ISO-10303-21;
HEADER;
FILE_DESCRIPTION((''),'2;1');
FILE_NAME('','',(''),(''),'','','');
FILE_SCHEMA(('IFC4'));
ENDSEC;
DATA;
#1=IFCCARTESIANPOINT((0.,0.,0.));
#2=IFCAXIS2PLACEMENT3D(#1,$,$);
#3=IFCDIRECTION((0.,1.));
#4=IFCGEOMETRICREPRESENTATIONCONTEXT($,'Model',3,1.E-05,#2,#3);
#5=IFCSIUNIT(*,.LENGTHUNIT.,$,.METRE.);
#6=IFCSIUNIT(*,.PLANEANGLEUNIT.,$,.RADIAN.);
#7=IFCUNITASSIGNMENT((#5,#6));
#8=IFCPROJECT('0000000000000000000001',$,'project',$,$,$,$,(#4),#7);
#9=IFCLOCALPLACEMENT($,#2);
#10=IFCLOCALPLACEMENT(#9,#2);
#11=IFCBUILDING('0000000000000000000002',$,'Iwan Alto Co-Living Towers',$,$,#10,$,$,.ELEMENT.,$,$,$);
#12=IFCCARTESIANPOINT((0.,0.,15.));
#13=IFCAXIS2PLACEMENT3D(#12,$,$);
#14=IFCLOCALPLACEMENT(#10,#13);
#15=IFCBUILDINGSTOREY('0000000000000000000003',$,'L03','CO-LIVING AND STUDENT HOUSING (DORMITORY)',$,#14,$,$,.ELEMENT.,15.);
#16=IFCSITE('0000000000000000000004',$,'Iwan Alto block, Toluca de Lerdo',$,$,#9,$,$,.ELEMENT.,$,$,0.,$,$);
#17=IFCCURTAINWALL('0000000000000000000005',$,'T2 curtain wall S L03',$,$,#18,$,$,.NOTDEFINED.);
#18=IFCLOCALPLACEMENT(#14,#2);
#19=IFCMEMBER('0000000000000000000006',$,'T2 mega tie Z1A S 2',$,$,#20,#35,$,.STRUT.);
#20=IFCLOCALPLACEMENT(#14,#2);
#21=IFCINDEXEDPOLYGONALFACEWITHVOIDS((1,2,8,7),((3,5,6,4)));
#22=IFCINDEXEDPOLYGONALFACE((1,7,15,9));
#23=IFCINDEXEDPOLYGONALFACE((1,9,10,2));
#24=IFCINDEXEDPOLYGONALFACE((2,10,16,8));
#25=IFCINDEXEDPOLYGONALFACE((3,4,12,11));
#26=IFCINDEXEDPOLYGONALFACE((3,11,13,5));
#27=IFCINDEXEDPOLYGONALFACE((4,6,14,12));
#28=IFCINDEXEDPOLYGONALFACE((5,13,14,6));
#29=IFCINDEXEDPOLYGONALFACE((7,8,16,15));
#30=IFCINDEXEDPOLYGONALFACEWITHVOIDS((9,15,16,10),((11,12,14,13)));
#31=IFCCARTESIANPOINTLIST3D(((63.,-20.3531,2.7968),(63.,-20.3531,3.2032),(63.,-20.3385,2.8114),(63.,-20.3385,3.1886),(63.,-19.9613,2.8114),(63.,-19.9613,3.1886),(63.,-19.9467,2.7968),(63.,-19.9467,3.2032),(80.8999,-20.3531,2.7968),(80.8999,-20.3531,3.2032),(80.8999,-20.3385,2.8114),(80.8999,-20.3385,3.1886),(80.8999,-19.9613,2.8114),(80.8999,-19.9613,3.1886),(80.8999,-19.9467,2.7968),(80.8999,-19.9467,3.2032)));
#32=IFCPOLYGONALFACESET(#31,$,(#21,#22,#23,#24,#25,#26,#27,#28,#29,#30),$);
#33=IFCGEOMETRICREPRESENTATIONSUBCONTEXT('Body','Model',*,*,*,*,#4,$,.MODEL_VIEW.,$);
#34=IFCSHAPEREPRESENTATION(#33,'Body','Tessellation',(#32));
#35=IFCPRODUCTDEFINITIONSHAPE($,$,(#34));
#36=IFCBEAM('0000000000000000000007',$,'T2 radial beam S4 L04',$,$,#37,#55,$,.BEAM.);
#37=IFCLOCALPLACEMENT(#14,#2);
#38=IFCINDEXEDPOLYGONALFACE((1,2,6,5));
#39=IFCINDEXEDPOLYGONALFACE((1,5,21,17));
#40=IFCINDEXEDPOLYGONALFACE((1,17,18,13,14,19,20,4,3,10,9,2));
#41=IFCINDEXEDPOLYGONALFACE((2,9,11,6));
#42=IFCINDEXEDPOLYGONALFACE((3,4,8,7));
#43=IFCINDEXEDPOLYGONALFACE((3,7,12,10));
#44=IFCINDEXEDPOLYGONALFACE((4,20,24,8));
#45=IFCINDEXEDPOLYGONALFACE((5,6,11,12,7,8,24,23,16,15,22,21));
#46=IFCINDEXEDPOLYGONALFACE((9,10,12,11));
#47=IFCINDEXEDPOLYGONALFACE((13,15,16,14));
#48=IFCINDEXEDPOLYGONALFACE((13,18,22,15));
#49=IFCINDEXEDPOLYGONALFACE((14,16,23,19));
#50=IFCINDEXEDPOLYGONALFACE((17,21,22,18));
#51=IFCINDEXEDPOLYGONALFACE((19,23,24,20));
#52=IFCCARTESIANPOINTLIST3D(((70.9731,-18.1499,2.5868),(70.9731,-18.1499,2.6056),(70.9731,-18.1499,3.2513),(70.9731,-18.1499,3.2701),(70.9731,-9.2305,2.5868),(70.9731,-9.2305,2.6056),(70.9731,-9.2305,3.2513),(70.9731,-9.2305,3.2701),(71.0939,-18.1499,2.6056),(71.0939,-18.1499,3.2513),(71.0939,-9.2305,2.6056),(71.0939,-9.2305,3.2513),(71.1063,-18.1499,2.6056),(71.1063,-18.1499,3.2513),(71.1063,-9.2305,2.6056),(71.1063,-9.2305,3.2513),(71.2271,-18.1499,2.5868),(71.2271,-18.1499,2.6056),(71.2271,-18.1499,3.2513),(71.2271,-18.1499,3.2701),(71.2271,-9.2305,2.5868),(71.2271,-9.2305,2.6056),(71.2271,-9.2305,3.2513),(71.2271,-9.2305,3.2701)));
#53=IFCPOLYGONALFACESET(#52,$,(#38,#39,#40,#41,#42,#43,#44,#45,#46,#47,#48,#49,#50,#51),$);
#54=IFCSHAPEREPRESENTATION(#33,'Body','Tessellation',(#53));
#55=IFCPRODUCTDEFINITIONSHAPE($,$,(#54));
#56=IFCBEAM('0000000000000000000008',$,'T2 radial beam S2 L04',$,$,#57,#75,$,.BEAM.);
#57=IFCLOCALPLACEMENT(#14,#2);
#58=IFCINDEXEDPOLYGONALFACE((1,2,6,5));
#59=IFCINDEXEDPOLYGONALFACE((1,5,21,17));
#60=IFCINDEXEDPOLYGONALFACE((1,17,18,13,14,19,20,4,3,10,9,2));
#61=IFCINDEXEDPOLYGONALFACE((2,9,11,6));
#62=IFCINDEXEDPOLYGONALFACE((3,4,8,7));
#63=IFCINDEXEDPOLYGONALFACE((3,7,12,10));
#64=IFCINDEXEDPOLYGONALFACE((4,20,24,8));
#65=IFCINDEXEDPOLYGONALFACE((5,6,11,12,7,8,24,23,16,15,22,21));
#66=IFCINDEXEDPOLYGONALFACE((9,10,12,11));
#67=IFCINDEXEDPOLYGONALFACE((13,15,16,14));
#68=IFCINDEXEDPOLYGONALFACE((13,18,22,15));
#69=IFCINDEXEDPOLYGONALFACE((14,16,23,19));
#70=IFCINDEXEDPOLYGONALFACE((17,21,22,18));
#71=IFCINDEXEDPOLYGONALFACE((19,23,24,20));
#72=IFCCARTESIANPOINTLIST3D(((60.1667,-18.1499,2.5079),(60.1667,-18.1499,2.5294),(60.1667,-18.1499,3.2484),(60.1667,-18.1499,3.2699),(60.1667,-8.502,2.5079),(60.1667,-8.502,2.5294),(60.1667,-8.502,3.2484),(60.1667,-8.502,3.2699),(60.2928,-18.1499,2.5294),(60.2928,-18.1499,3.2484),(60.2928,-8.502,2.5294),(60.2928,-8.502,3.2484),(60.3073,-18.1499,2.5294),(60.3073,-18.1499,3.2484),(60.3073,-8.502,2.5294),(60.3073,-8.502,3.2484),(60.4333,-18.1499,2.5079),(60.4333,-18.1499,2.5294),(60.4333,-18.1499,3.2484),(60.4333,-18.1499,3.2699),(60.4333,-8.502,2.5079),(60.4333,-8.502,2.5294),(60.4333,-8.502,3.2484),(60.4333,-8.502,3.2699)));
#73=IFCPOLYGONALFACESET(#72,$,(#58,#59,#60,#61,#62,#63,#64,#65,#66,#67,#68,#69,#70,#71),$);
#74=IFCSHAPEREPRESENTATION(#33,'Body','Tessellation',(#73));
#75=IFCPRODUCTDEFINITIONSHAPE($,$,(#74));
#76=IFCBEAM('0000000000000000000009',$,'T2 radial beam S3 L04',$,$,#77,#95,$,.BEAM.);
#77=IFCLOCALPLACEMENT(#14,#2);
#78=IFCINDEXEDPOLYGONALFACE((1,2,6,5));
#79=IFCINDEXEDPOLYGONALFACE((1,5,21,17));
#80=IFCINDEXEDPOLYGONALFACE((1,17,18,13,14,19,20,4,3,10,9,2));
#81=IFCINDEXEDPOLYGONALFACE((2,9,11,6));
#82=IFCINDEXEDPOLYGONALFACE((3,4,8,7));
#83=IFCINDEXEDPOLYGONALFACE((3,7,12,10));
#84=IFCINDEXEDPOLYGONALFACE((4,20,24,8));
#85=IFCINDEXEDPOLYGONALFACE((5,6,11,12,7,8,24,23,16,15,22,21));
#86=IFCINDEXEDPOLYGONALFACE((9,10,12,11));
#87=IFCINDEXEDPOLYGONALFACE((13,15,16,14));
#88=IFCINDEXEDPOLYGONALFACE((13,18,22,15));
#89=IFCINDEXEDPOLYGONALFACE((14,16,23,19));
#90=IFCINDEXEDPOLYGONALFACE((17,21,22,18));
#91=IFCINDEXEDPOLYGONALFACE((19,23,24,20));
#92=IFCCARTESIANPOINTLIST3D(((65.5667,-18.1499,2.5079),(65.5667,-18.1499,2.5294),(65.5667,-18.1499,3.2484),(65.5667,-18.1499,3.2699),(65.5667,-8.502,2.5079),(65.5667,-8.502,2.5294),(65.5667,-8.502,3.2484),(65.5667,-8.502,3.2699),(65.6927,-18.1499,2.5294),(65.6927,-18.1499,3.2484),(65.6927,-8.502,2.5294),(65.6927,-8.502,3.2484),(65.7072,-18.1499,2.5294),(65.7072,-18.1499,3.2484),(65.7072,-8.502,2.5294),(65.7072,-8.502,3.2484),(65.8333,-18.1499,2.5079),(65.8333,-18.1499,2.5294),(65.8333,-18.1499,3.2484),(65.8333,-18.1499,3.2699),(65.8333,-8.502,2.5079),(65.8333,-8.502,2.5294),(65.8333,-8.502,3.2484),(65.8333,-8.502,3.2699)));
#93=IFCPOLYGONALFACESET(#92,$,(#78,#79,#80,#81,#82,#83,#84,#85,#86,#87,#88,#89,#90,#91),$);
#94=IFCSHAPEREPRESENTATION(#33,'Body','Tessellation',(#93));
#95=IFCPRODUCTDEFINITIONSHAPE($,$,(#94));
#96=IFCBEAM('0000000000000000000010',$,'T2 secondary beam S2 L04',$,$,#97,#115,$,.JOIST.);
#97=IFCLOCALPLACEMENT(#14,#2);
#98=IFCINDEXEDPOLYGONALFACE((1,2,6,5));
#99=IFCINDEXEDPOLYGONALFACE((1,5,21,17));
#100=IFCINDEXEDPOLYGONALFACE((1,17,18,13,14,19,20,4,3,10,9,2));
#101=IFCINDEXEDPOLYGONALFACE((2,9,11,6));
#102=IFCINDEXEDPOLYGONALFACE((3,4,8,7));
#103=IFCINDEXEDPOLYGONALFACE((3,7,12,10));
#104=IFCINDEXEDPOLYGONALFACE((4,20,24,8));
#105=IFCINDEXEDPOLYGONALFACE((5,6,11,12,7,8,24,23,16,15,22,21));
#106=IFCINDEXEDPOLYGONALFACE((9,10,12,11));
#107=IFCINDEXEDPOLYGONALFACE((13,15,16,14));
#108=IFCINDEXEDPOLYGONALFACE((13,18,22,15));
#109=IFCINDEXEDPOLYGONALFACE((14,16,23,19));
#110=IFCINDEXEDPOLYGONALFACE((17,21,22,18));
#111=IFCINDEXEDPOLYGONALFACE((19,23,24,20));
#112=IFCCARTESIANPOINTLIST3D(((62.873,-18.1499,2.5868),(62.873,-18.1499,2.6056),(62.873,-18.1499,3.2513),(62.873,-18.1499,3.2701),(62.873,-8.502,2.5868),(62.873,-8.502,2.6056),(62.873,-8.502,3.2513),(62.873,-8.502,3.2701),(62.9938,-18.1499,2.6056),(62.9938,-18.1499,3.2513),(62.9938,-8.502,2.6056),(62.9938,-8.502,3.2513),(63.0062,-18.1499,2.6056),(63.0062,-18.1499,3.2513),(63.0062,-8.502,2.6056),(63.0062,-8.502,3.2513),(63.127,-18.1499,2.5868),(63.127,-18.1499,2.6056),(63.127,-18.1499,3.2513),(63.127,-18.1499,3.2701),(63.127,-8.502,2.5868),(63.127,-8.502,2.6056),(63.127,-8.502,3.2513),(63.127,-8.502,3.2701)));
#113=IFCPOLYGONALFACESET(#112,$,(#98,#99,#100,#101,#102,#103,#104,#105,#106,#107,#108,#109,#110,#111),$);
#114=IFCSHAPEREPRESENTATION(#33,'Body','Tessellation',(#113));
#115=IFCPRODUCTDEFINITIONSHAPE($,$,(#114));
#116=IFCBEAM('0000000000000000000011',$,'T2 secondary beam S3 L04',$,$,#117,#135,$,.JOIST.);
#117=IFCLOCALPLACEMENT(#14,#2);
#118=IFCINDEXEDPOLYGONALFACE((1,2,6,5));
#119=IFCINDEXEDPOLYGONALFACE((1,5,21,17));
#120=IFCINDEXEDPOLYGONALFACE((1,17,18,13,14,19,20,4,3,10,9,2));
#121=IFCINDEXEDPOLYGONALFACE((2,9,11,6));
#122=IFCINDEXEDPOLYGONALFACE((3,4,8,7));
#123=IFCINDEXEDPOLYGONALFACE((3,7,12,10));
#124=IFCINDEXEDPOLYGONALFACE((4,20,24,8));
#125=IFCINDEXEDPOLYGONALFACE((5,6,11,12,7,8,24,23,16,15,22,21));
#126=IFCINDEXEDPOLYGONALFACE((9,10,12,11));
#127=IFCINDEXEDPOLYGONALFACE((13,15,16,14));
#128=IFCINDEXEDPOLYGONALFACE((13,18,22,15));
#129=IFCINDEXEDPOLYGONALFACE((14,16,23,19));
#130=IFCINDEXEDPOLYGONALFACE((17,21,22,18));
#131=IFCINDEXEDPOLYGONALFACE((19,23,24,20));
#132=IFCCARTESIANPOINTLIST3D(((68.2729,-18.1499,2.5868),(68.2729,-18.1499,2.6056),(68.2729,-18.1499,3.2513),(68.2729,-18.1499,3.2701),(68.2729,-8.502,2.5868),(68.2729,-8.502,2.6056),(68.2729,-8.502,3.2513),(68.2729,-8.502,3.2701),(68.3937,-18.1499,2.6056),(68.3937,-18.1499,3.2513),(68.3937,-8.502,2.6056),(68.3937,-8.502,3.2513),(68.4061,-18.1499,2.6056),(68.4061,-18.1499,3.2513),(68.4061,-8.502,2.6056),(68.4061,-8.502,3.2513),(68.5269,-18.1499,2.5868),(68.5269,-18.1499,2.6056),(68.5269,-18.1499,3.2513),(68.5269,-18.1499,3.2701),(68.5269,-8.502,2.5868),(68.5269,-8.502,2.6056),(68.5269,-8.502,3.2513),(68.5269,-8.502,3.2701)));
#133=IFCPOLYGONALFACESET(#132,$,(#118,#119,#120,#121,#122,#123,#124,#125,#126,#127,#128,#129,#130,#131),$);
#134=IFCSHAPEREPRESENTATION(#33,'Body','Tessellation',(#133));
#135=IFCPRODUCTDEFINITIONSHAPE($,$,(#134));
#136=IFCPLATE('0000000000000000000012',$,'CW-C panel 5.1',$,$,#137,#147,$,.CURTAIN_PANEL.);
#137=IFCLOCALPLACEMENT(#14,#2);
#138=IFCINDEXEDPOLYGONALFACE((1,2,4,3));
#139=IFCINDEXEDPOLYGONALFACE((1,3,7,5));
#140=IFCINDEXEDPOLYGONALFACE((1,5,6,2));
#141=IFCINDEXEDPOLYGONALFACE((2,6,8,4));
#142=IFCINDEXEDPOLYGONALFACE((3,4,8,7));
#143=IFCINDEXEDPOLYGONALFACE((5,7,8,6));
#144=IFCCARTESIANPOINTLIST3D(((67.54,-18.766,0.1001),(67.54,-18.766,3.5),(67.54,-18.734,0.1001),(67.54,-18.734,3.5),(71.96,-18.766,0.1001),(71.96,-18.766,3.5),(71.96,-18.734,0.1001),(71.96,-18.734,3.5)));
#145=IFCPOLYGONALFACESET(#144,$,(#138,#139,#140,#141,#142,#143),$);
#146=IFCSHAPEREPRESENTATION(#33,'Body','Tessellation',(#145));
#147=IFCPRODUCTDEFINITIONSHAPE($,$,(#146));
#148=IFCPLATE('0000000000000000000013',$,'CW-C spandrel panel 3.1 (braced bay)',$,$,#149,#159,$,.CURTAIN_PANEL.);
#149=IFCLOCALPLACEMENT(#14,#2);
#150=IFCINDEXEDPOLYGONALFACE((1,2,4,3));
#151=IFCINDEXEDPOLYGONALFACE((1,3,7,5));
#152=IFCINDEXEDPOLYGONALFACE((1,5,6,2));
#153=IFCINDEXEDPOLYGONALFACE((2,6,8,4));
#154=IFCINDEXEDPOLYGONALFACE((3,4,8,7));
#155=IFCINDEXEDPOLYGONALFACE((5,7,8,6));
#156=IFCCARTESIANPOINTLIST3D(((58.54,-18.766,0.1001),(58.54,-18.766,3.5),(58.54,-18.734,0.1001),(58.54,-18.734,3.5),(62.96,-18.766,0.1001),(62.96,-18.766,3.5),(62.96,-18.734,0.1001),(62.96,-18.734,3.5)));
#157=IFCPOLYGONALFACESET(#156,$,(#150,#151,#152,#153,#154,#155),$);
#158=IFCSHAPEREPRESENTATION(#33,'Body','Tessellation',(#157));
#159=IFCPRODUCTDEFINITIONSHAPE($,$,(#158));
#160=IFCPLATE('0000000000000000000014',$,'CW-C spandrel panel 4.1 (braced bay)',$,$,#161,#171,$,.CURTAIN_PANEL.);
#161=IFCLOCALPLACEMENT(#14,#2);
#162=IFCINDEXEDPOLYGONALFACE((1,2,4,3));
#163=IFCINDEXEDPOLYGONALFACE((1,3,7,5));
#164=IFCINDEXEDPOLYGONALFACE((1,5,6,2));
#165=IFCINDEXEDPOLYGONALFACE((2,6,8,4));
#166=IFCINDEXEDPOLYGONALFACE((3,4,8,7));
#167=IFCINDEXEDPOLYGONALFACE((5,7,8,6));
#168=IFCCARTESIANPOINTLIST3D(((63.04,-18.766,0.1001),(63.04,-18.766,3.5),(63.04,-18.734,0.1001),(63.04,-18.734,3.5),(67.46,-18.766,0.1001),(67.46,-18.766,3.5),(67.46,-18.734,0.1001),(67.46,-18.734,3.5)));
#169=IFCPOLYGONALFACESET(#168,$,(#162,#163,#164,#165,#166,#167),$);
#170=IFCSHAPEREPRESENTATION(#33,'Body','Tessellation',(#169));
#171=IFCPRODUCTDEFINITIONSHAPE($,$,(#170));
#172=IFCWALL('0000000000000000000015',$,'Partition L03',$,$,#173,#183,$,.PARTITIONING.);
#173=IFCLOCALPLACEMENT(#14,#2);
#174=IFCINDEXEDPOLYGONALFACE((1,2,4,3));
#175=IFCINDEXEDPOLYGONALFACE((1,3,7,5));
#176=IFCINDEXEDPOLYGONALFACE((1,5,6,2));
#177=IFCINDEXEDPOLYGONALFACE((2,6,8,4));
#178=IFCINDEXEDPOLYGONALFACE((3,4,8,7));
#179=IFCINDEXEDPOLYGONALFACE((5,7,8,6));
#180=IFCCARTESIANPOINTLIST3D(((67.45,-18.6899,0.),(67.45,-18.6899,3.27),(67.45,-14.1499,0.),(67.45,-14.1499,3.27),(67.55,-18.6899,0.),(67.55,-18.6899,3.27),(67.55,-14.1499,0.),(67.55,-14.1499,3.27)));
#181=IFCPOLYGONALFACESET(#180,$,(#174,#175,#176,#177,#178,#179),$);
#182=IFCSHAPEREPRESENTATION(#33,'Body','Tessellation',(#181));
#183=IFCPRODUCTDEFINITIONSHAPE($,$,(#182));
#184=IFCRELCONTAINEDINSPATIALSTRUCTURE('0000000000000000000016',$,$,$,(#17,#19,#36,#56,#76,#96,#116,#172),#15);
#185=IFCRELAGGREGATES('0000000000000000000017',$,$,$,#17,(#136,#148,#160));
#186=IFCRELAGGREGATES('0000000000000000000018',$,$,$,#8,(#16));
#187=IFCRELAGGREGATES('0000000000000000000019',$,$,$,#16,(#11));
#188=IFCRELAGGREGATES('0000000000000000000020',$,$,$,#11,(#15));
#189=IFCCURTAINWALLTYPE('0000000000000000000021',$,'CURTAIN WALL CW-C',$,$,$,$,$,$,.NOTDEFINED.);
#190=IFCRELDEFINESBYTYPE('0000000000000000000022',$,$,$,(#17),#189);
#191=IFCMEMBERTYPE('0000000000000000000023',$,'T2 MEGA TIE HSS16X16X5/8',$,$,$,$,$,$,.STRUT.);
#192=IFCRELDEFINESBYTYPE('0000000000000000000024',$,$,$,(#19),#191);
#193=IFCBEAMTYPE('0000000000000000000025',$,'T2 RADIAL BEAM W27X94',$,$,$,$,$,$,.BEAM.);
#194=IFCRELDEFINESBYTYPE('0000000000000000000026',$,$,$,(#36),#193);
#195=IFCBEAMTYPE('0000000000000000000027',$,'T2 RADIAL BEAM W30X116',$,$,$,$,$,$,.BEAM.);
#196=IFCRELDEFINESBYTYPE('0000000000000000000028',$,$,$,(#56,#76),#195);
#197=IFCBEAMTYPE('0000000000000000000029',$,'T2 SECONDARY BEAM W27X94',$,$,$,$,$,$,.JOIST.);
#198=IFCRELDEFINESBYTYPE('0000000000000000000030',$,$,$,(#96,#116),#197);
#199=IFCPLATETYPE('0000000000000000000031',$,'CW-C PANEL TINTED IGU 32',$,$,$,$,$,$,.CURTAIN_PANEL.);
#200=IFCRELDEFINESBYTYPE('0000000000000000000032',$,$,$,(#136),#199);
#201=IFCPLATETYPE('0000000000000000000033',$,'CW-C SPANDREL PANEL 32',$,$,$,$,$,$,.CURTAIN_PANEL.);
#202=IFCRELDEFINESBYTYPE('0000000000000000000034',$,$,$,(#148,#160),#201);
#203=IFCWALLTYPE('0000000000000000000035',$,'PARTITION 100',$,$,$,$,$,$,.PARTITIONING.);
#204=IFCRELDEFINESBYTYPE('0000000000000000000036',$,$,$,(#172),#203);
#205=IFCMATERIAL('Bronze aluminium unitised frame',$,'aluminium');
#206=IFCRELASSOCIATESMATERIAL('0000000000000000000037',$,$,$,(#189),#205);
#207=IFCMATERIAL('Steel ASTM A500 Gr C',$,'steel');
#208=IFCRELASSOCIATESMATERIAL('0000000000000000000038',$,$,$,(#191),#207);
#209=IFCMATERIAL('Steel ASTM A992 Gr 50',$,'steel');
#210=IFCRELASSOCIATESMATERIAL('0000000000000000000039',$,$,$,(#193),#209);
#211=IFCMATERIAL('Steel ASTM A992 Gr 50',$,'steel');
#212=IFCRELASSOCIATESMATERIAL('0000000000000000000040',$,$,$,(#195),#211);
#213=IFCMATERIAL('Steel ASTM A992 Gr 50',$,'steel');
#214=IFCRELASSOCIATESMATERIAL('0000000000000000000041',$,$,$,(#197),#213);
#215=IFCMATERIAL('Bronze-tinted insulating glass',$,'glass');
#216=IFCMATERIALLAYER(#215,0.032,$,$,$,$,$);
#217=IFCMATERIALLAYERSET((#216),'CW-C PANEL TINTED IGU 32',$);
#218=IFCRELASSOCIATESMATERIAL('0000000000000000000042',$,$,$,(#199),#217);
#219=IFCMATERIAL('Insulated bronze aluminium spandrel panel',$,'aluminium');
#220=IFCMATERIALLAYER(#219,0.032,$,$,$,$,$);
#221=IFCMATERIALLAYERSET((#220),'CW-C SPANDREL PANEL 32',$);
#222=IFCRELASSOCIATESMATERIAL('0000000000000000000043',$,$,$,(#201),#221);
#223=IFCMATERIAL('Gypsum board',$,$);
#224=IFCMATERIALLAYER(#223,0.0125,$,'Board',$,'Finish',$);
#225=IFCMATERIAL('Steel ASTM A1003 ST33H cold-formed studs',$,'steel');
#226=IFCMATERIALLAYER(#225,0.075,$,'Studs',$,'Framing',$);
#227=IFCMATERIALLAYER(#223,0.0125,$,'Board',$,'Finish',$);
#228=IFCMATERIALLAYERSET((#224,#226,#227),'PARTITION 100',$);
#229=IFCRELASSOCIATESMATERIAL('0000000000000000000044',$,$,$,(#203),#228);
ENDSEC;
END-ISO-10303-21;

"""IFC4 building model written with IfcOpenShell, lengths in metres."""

from ifc_helpers import new_model, si_unit, direction, frame, frame_2d, origin, origin_2d, place, context, subcontext, project, spatial, rectangle, hollow_rectangle, i_section, extrude, material, layer, layer_set, material_profile, profile_set, type_object, element, aggregate, save


model = new_model("IFC4")

# Units and contexts
model_context = context("Model", 3, precision=1e-05, world=origin(), true_north=direction((0.0, 1.0)))
body_context = subcontext(model_context, "Body", "Model", "MODEL_VIEW")
ifc_project = project(units=[si_unit("LENGTHUNIT", "METRE"), si_unit("PLANEANGLEUNIT", "RADIAN")], contexts=[model_context])

# Site, building, storey
site_placement = place(None, origin())
site = spatial("IfcSite", under=ifc_project, at=site_placement, Name="Iwan Alto block, Toluca de Lerdo", CompositionType="ELEMENT", RefElevation=0.0)
building_placement = place(site_placement, origin())
building = spatial("IfcBuilding", under=site, at=building_placement, Name="Iwan Alto Co-Living Towers", CompositionType="ELEMENT")
storey_placement = place(building_placement, frame((0.0, 0.0, 15.0)))
storey = spatial("IfcBuildingStorey", under=building, at=storey_placement, Name="L03", Description="CO-LIVING AND STUDENT HOUSING (DORMITORY)", CompositionType="ELEMENT", Elevation=15.0)

# Curtain wall
ifc_material_1 = material(Name="Bronze aluminium unitised frame", Category="aluminium")
curtain_wall_type = type_object("IfcCurtainWallType", Name="CURTAIN WALL CW-C", PredefinedType="NOTDEFINED", material=ifc_material_1)
curtain_wall_placement = place(storey_placement, origin())
curtain_wall = element("IfcCurtainWall", 1, at=curtain_wall_placement, inside=storey, type_object=curtain_wall_type, Name="T2 curtain wall S L03", PredefinedType="NOTDEFINED")

# Member
ifc_material_2 = material(Name="Steel ASTM A500 Gr C", Category="steel")
ifc_material_profile_1 = material_profile(ifc_material_2, hollow_rectangle(XDim=0.4065, YDim=0.4065, WallThickness=0.0146, at=origin_2d()), Name="HSS16X16X5/8")
ifc_profile_set_1 = profile_set([ifc_material_profile_1], Name="Steel ASTM A500 Gr C")
member_type_1 = type_object("IfcMemberType", Name="T2 MEGA TIE HSS16X16X5/8", PredefinedType="STRUT", material=ifc_profile_set_1)
member_1_placement = place(storey_placement, frame((63.0, -20.1499, 3.0), z_axis=(1.0, 0.0, 0.0), x_axis=(0.0, 1.0, 0.0)))
element("IfcMember", 2, at=member_1_placement, inside=storey, type_object=member_type_1, Name="T2 mega tie Z1A S 2", PredefinedType="STRUT", context=body_context, shape_type="SweptSolid", body=[
    extrude(hollow_rectangle(XDim=0.4065, YDim=0.4065, WallThickness=0.0146, at=origin_2d()), origin(), (0.0, 0.0, 1.0), 17.8999),
])

# Beams
ifc_material_3 = material(Name="Steel ASTM A992 Gr 50", Category="steel")
ifc_material_profile_2 = material_profile(ifc_material_3, i_section(OverallWidth=0.2539, OverallDepth=0.6833, WebThickness=0.0125, FlangeThickness=0.0188, at=origin_2d()), Name="W27X94")
ifc_profile_set_2 = profile_set([ifc_material_profile_2], Name="Steel ASTM A992 Gr 50")
beam_type_1 = type_object("IfcBeamType", Name="T2 RADIAL BEAM W27X94", PredefinedType="BEAM", material=ifc_profile_set_2)
beam_1_placement = place(storey_placement, frame((71.1001, -18.1499, 2.9285), z_axis=(0.0, 1.0, 0.0), x_axis=(-1.0, 0.0, 0.0)))
element("IfcBeam", 3, at=beam_1_placement, inside=storey, type_object=beam_type_1, Name="T2 radial beam S4 L04", PredefinedType="BEAM", context=body_context, shape_type="SweptSolid", body=[
    extrude(i_section(OverallWidth=0.2539, OverallDepth=0.6833, WebThickness=0.0125, FlangeThickness=0.0188, at=origin_2d()), origin(), (0.0, 0.0, 1.0), 8.9194),
])
ifc_material_4 = material(Name="Steel ASTM A992 Gr 50", Category="steel")
ifc_material_profile_3 = material_profile(ifc_material_4, i_section(OverallWidth=0.2666, OverallDepth=0.762, WebThickness=0.0144, FlangeThickness=0.0215, at=origin_2d()), Name="W30X116")
ifc_profile_set_3 = profile_set([ifc_material_profile_3], Name="Steel ASTM A992 Gr 50")
beam_type_2 = type_object("IfcBeamType", Name="T2 RADIAL BEAM W30X116", PredefinedType="BEAM", material=ifc_profile_set_3)
for number, where, z_axis, x_axis, name in (
    (4, (60.3, -18.1499, 2.8889), (0.0, 1.0, 0.0), (-1.0, 0.0, 0.0), "T2 radial beam S2 L04"),
    (5, (65.7, -18.1499, 2.8889), (0.0, 1.0, 0.0), (-1.0, 0.0, 0.0), "T2 radial beam S3 L04"),
):
    element("IfcBeam", number, at=place(storey_placement, frame(where, z_axis=z_axis, x_axis=x_axis)), inside=storey, type_object=beam_type_2, Name=name, PredefinedType="BEAM", context=body_context, shape_type="SweptSolid", body=[
        extrude(i_section(OverallWidth=0.2666, OverallDepth=0.762, WebThickness=0.0144, FlangeThickness=0.0215, at=origin_2d()), origin(), (0.0, 0.0, 1.0), 9.6479),
    ])
ifc_material_5 = material(Name="Steel ASTM A992 Gr 50", Category="steel")
ifc_material_profile_4 = material_profile(ifc_material_5, i_section(OverallWidth=0.2539, OverallDepth=0.6833, WebThickness=0.0125, FlangeThickness=0.0188, at=origin_2d()), Name="W27X94")
ifc_profile_set_4 = profile_set([ifc_material_profile_4], Name="Steel ASTM A992 Gr 50")
beam_type_3 = type_object("IfcBeamType", Name="T2 SECONDARY BEAM W27X94", PredefinedType="JOIST", material=ifc_profile_set_4)
for number, where, z_axis, x_axis, name in (
    (6, (63.0, -18.1499, 2.9285), (0.0, 1.0, 0.0), (-1.0, 0.0, 0.0), "T2 secondary beam S2 L04"),
    (7, (68.3999, -18.1499, 2.9285), (0.0, 1.0, 0.0), (-1.0, 0.0, 0.0), "T2 secondary beam S3 L04"),
):
    element("IfcBeam", number, at=place(storey_placement, frame(where, z_axis=z_axis, x_axis=x_axis)), inside=storey, type_object=beam_type_3, Name=name, PredefinedType="JOIST", context=body_context, shape_type="SweptSolid", body=[
        extrude(i_section(OverallWidth=0.2539, OverallDepth=0.6833, WebThickness=0.0125, FlangeThickness=0.0188, at=origin_2d()), origin(), (0.0, 0.0, 1.0), 9.6479),
    ])

# Plates
ifc_material_6 = material(Name="Bronze-tinted insulating glass", Category="glass")
ifc_layer_1 = layer(ifc_material_6, 0.032)
ifc_layer_set_1 = layer_set([ifc_layer_1], Name="CW-C PANEL TINTED IGU 32")
plate_type_1 = type_object("IfcPlateType", Name="CW-C PANEL TINTED IGU 32", PredefinedType="CURTAIN_PANEL", material=ifc_layer_set_1)
plate_1_placement = place(storey_placement, frame((69.75, -18.75, 0.1001), z_axis=(0.0, 0.0, 1.0), x_axis=(1.0, 0.0, 0.0)))
plate_1 = element("IfcPlate", 8, at=plate_1_placement, type_object=plate_type_1, Name="CW-C panel 5.1", PredefinedType="CURTAIN_PANEL", context=body_context, shape_type="SweptSolid", body=[
    extrude(rectangle(XDim=4.4199, YDim=0.032, at=origin_2d()), origin(), (0.0, 0.0, 1.0), 3.3999),
])
ifc_material_7 = material(Name="Insulated bronze aluminium spandrel panel", Category="aluminium")
ifc_layer_2 = layer(ifc_material_7, 0.032)
ifc_layer_set_2 = layer_set([ifc_layer_2], Name="CW-C SPANDREL PANEL 32")
plate_type_2 = type_object("IfcPlateType", Name="CW-C SPANDREL PANEL 32", PredefinedType="CURTAIN_PANEL", material=ifc_layer_set_2)
plate_2_placement = place(storey_placement, frame((60.75, -18.75, 0.1001), z_axis=(0.0, 0.0, 1.0), x_axis=(1.0, 0.0, 0.0)))
plate_2 = element("IfcPlate", 9, at=plate_2_placement, type_object=plate_type_2, Name="CW-C spandrel panel 3.1 (braced bay)", PredefinedType="CURTAIN_PANEL", context=body_context, shape_type="SweptSolid", body=[
    extrude(rectangle(XDim=4.4199, YDim=0.032, at=origin_2d()), origin(), (0.0, 0.0, 1.0), 3.3999),
])
plate_3_placement = place(storey_placement, frame((65.25, -18.75, 0.1001), z_axis=(0.0, 0.0, 1.0), x_axis=(1.0, 0.0, 0.0)))
plate_3 = element("IfcPlate", 10, at=plate_3_placement, type_object=plate_type_2, Name="CW-C spandrel panel 4.1 (braced bay)", PredefinedType="CURTAIN_PANEL", context=body_context, shape_type="SweptSolid", body=[
    extrude(rectangle(XDim=4.4199, YDim=0.032, at=origin_2d()), origin(), (0.0, 0.0, 1.0), 3.3999),
])
aggregate(curtain_wall, [plate_1, plate_2, plate_3])

# Wall
ifc_material_8 = material(Name="Gypsum board")
ifc_layer_3 = layer(ifc_material_8, 0.0125, Name="Board", Category="Finish")
ifc_material_9 = material(Name="Steel ASTM A1003 ST33H cold-formed studs", Category="steel")
ifc_layer_4 = layer(ifc_material_9, 0.075, Name="Studs", Category="Framing")
ifc_layer_5 = layer(ifc_material_8, 0.0125, Name="Board", Category="Finish")
ifc_layer_set_3 = layer_set([ifc_layer_3, ifc_layer_4, ifc_layer_5], Name="PARTITION 100")
wall_type = type_object("IfcWallType", Name="PARTITION 100", PredefinedType="PARTITIONING", material=ifc_layer_set_3)
wall_1_placement = place(storey_placement, frame((67.5, -18.6899, 0.0), z_axis=(0.0, 0.0, 1.0), x_axis=(0.0, 1.0, 0.0)))
element("IfcWall", 11, at=wall_1_placement, inside=storey, type_object=wall_type, Name="Partition L03", PredefinedType="PARTITIONING", context=body_context, shape_type="SweptSolid", body=[
    extrude(rectangle(XDim=4.54, YDim=0.1001, at=frame_2d((2.27, 0.0))), origin(), (0.0, 0.0, 1.0), 3.27),
])

save(model, "model.ifc")
